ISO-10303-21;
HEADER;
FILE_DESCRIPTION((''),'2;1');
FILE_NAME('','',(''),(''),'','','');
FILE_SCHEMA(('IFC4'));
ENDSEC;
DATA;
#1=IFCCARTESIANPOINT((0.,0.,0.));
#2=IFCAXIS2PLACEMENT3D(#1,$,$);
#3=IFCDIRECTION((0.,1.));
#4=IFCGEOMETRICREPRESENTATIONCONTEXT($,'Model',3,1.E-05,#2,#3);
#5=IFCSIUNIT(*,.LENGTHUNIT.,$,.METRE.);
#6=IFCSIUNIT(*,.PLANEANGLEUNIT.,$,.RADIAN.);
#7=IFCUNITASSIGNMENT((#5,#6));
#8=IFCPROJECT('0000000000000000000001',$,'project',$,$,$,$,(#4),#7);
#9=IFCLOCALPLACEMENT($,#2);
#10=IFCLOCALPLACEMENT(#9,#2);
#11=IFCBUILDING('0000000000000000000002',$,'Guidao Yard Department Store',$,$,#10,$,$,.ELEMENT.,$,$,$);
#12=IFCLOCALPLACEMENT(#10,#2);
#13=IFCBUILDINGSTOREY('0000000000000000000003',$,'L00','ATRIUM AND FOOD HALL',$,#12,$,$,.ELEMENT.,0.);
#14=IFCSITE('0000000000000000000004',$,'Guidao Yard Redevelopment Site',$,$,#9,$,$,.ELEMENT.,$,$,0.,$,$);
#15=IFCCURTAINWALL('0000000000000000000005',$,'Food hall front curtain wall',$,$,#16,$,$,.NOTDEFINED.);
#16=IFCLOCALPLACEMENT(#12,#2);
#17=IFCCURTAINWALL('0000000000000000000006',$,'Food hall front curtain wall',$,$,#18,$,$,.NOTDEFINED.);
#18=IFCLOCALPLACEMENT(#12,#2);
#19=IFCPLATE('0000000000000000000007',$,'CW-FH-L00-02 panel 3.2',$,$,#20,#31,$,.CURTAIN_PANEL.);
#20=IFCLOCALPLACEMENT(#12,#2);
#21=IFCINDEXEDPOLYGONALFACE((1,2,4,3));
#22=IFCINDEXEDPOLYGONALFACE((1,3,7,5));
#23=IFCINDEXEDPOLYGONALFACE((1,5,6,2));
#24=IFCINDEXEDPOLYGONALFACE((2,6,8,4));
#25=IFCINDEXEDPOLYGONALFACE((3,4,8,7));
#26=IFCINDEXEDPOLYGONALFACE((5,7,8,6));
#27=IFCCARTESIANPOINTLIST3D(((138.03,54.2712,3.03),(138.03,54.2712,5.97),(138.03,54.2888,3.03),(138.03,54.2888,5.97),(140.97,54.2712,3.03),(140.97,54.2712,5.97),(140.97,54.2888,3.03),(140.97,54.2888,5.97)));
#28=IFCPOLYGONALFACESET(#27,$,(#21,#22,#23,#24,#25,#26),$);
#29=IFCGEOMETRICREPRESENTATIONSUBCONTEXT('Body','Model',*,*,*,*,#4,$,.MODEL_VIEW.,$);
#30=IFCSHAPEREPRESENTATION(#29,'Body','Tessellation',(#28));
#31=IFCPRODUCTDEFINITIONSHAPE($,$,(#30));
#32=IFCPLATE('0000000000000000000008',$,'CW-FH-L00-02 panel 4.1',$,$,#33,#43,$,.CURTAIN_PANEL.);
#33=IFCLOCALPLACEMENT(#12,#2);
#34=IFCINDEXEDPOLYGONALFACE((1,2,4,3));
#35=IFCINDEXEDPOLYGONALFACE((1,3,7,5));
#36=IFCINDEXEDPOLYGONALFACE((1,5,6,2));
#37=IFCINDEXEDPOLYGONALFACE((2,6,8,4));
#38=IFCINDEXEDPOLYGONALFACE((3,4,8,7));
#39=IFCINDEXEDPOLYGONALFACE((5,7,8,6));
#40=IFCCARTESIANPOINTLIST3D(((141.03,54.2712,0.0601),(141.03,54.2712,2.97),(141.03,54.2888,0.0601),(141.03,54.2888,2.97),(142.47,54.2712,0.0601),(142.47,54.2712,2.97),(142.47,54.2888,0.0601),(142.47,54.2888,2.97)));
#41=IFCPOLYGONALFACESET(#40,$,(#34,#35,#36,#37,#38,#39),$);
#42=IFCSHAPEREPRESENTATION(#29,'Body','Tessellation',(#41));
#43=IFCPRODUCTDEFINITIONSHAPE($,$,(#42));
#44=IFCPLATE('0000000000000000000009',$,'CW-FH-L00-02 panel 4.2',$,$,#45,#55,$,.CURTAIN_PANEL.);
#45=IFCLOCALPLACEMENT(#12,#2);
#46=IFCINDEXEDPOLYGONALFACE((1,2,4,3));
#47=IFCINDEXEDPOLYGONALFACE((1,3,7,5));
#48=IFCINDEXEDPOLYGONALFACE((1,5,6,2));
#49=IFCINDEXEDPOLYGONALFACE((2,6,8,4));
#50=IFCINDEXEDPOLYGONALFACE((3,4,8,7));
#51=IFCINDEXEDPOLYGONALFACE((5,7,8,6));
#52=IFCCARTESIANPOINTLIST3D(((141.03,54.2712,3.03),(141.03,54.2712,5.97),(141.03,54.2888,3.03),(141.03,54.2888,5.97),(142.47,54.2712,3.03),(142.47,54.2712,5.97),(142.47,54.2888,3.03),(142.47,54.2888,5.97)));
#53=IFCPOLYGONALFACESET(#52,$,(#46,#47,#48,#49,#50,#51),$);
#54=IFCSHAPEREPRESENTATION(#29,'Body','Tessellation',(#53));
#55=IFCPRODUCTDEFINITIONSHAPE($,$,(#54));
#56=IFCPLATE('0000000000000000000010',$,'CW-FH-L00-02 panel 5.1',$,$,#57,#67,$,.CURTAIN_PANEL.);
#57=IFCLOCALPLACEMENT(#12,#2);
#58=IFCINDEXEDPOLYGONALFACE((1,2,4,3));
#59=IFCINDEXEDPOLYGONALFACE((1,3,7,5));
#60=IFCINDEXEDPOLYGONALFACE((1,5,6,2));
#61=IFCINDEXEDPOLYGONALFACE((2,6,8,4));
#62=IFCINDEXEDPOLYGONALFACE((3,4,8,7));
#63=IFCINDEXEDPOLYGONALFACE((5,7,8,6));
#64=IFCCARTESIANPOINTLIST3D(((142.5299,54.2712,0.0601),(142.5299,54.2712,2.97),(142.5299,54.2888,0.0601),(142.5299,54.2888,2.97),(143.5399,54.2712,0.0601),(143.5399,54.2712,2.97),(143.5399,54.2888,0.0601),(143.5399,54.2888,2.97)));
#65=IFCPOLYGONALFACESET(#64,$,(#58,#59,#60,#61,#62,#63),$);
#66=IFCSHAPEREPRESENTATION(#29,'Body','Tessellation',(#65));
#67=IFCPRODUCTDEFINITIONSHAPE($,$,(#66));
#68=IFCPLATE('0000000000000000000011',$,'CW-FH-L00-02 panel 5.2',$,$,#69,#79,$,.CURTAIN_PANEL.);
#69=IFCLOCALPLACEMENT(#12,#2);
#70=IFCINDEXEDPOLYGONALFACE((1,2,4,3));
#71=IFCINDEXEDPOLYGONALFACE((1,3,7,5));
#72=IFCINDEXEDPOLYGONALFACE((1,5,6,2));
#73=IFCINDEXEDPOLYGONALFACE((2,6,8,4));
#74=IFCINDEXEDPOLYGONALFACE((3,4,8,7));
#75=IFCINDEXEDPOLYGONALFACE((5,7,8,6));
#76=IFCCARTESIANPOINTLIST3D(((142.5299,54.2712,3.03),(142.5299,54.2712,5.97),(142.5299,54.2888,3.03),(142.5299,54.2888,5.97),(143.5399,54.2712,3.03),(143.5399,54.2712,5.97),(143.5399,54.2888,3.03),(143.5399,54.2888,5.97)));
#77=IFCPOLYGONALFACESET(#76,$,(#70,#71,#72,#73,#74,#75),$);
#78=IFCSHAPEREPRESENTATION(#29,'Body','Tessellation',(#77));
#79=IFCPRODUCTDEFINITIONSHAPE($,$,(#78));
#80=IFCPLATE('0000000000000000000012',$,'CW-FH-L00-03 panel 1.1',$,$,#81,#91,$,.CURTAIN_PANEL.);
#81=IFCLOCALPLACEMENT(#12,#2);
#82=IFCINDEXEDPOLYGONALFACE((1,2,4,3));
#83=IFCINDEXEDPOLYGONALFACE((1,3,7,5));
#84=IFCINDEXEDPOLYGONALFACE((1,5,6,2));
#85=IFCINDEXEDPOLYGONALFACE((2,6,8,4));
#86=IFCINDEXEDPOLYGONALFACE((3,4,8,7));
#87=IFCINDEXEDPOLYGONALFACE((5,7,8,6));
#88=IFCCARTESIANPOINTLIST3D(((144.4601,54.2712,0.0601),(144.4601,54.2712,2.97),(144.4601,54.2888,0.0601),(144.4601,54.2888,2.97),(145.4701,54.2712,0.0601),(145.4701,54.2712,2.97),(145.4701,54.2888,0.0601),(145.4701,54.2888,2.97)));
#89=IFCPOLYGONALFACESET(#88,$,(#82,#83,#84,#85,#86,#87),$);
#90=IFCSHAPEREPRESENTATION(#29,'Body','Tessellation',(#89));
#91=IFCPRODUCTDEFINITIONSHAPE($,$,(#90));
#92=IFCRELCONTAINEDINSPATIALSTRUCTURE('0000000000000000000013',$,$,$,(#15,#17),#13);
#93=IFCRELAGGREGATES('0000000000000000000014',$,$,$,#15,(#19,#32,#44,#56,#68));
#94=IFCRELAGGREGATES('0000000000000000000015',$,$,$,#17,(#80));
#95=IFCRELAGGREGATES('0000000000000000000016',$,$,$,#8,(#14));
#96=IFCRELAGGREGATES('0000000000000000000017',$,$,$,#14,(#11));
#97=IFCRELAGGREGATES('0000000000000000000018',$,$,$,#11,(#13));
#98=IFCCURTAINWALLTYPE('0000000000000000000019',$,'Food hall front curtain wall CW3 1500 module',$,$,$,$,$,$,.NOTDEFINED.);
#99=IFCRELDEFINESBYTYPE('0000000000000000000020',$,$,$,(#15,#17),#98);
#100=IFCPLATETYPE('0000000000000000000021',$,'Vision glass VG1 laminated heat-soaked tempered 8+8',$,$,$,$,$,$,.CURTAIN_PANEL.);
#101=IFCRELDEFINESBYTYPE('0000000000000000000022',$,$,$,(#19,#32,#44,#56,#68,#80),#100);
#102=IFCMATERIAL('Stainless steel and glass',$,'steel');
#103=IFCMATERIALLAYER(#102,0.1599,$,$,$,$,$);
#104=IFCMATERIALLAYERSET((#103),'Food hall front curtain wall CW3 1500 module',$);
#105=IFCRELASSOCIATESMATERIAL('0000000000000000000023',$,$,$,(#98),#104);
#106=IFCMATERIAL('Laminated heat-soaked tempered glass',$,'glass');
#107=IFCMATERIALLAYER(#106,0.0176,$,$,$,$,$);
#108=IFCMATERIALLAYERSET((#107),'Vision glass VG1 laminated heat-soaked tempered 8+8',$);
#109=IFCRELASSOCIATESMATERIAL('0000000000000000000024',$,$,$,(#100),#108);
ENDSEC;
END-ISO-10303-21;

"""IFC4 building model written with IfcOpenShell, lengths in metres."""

from ifc_helpers import new_model, si_unit, direction, frame, origin, origin_2d, place, context, subcontext, project, spatial, rectangle, extrude, material, layer, layer_set, type_object, element, aggregate, save


model = new_model("IFC4")

# Units and contexts
model_context = context("Model", 3, precision=1e-05, world=origin(), true_north=direction((0.0, 1.0)))
body_context = subcontext(model_context, "Body", "Model", "MODEL_VIEW")
ifc_project = project(units=[si_unit("LENGTHUNIT", "METRE"), si_unit("PLANEANGLEUNIT", "RADIAN")], contexts=[model_context])

# Site, building, storey
site_placement = place(None, origin())
site = spatial("IfcSite", under=ifc_project, at=site_placement, Name="Guidao Yard Redevelopment Site", CompositionType="ELEMENT", RefElevation=0.0)
building_placement = place(site_placement, origin())
building = spatial("IfcBuilding", under=site, at=building_placement, Name="Guidao Yard Department Store", CompositionType="ELEMENT")
storey_placement = place(building_placement, origin())
storey = spatial("IfcBuildingStorey", under=building, at=storey_placement, Name="L00", Description="ATRIUM AND FOOD HALL", CompositionType="ELEMENT", Elevation=0.0)

# Curtain wall
ifc_material_1 = material(Name="Stainless steel and glass", Category="steel")
ifc_layer_1 = layer(ifc_material_1, 0.1599)
ifc_layer_set_1 = layer_set([ifc_layer_1], Name="Food hall front curtain wall CW3 1500 module")
curtain_wall_type = type_object("IfcCurtainWallType", Name="Food hall front curtain wall CW3 1500 module", PredefinedType="NOTDEFINED", material=ifc_layer_set_1)
curtain_wall_1_placement = place(storey_placement, origin())
curtain_wall_1 = element("IfcCurtainWall", 1, at=curtain_wall_1_placement, inside=storey, type_object=curtain_wall_type, Name="Food hall front curtain wall", PredefinedType="NOTDEFINED")

# Curtain wall
curtain_wall_2_placement = place(storey_placement, origin())
curtain_wall_2 = element("IfcCurtainWall", 2, at=curtain_wall_2_placement, inside=storey, type_object=curtain_wall_type, Name="Food hall front curtain wall", PredefinedType="NOTDEFINED")

# Plates
ifc_material_2 = material(Name="Laminated heat-soaked tempered glass", Category="glass")
ifc_layer_2 = layer(ifc_material_2, 0.0176)
ifc_layer_set_2 = layer_set([ifc_layer_2], Name="Vision glass VG1 laminated heat-soaked tempered 8+8")
plate_type = type_object("IfcPlateType", Name="Vision glass VG1 laminated heat-soaked tempered 8+8", PredefinedType="CURTAIN_PANEL", material=ifc_layer_set_2)
plate_1_placement = place(storey_placement, frame((139.5, 54.28, 3.03), z_axis=(0.0, 0.0, 1.0), x_axis=(-1.0, 0.0, 0.0)))
plate_1 = element("IfcPlate", 3, at=plate_1_placement, type_object=plate_type, Name="CW-FH-L00-02 panel 3.2", PredefinedType="CURTAIN_PANEL", context=body_context, shape_type="SweptSolid", body=[
    extrude(rectangle(XDim=2.9399, YDim=0.0176, at=origin_2d()), origin(), (0.0, 0.0, 1.0), 2.9399),
])
plate_2_placement = place(storey_placement, frame((141.75, 54.28, 0.0601), z_axis=(0.0, 0.0, 1.0), x_axis=(-1.0, 0.0, 0.0)))
plate_2 = element("IfcPlate", 4, at=plate_2_placement, type_object=plate_type, Name="CW-FH-L00-02 panel 4.1", PredefinedType="CURTAIN_PANEL", context=body_context, shape_type="SweptSolid", body=[
    extrude(rectangle(XDim=1.4399, YDim=0.0176, at=origin_2d()), origin(), (0.0, 0.0, 1.0), 2.9099),
])
plate_3_placement = place(storey_placement, frame((141.75, 54.28, 3.03), z_axis=(0.0, 0.0, 1.0), x_axis=(-1.0, 0.0, 0.0)))
plate_3 = element("IfcPlate", 5, at=plate_3_placement, type_object=plate_type, Name="CW-FH-L00-02 panel 4.2", PredefinedType="CURTAIN_PANEL", context=body_context, shape_type="SweptSolid", body=[
    extrude(rectangle(XDim=1.4399, YDim=0.0176, at=origin_2d()), origin(), (0.0, 0.0, 1.0), 2.9399),
])
plate_4_placement = place(storey_placement, frame((143.0349, 54.28, 0.0601), z_axis=(0.0, 0.0, 1.0), x_axis=(-1.0, 0.0, 0.0)))
plate_4 = element("IfcPlate", 6, at=plate_4_placement, type_object=plate_type, Name="CW-FH-L00-02 panel 5.1", PredefinedType="CURTAIN_PANEL", context=body_context, shape_type="SweptSolid", body=[
    extrude(rectangle(XDim=1.01, YDim=0.0176, at=origin_2d()), origin(), (0.0, 0.0, 1.0), 2.9099),
])
plate_5_placement = place(storey_placement, frame((143.0349, 54.28, 3.03), z_axis=(0.0, 0.0, 1.0), x_axis=(-1.0, 0.0, 0.0)))
plate_5 = element("IfcPlate", 7, at=plate_5_placement, type_object=plate_type, Name="CW-FH-L00-02 panel 5.2", PredefinedType="CURTAIN_PANEL", context=body_context, shape_type="SweptSolid", body=[
    extrude(rectangle(XDim=1.01, YDim=0.0176, at=origin_2d()), origin(), (0.0, 0.0, 1.0), 2.9399),
])
aggregate(curtain_wall_1, [plate_1, plate_2, plate_3, plate_4, plate_5])
plate_6_placement = place(storey_placement, frame((144.9651, 54.28, 0.0601), z_axis=(0.0, 0.0, 1.0), x_axis=(-1.0, 0.0, 0.0)))
plate_6 = element("IfcPlate", 8, at=plate_6_placement, type_object=plate_type, Name="CW-FH-L00-03 panel 1.1", PredefinedType="CURTAIN_PANEL", context=body_context, shape_type="SweptSolid", body=[
    extrude(rectangle(XDim=1.01, YDim=0.0176, at=origin_2d()), origin(), (0.0, 0.0, 1.0), 2.9099),
])
aggregate(curtain_wall_2, [plate_6])

save(model, "model.ifc")
